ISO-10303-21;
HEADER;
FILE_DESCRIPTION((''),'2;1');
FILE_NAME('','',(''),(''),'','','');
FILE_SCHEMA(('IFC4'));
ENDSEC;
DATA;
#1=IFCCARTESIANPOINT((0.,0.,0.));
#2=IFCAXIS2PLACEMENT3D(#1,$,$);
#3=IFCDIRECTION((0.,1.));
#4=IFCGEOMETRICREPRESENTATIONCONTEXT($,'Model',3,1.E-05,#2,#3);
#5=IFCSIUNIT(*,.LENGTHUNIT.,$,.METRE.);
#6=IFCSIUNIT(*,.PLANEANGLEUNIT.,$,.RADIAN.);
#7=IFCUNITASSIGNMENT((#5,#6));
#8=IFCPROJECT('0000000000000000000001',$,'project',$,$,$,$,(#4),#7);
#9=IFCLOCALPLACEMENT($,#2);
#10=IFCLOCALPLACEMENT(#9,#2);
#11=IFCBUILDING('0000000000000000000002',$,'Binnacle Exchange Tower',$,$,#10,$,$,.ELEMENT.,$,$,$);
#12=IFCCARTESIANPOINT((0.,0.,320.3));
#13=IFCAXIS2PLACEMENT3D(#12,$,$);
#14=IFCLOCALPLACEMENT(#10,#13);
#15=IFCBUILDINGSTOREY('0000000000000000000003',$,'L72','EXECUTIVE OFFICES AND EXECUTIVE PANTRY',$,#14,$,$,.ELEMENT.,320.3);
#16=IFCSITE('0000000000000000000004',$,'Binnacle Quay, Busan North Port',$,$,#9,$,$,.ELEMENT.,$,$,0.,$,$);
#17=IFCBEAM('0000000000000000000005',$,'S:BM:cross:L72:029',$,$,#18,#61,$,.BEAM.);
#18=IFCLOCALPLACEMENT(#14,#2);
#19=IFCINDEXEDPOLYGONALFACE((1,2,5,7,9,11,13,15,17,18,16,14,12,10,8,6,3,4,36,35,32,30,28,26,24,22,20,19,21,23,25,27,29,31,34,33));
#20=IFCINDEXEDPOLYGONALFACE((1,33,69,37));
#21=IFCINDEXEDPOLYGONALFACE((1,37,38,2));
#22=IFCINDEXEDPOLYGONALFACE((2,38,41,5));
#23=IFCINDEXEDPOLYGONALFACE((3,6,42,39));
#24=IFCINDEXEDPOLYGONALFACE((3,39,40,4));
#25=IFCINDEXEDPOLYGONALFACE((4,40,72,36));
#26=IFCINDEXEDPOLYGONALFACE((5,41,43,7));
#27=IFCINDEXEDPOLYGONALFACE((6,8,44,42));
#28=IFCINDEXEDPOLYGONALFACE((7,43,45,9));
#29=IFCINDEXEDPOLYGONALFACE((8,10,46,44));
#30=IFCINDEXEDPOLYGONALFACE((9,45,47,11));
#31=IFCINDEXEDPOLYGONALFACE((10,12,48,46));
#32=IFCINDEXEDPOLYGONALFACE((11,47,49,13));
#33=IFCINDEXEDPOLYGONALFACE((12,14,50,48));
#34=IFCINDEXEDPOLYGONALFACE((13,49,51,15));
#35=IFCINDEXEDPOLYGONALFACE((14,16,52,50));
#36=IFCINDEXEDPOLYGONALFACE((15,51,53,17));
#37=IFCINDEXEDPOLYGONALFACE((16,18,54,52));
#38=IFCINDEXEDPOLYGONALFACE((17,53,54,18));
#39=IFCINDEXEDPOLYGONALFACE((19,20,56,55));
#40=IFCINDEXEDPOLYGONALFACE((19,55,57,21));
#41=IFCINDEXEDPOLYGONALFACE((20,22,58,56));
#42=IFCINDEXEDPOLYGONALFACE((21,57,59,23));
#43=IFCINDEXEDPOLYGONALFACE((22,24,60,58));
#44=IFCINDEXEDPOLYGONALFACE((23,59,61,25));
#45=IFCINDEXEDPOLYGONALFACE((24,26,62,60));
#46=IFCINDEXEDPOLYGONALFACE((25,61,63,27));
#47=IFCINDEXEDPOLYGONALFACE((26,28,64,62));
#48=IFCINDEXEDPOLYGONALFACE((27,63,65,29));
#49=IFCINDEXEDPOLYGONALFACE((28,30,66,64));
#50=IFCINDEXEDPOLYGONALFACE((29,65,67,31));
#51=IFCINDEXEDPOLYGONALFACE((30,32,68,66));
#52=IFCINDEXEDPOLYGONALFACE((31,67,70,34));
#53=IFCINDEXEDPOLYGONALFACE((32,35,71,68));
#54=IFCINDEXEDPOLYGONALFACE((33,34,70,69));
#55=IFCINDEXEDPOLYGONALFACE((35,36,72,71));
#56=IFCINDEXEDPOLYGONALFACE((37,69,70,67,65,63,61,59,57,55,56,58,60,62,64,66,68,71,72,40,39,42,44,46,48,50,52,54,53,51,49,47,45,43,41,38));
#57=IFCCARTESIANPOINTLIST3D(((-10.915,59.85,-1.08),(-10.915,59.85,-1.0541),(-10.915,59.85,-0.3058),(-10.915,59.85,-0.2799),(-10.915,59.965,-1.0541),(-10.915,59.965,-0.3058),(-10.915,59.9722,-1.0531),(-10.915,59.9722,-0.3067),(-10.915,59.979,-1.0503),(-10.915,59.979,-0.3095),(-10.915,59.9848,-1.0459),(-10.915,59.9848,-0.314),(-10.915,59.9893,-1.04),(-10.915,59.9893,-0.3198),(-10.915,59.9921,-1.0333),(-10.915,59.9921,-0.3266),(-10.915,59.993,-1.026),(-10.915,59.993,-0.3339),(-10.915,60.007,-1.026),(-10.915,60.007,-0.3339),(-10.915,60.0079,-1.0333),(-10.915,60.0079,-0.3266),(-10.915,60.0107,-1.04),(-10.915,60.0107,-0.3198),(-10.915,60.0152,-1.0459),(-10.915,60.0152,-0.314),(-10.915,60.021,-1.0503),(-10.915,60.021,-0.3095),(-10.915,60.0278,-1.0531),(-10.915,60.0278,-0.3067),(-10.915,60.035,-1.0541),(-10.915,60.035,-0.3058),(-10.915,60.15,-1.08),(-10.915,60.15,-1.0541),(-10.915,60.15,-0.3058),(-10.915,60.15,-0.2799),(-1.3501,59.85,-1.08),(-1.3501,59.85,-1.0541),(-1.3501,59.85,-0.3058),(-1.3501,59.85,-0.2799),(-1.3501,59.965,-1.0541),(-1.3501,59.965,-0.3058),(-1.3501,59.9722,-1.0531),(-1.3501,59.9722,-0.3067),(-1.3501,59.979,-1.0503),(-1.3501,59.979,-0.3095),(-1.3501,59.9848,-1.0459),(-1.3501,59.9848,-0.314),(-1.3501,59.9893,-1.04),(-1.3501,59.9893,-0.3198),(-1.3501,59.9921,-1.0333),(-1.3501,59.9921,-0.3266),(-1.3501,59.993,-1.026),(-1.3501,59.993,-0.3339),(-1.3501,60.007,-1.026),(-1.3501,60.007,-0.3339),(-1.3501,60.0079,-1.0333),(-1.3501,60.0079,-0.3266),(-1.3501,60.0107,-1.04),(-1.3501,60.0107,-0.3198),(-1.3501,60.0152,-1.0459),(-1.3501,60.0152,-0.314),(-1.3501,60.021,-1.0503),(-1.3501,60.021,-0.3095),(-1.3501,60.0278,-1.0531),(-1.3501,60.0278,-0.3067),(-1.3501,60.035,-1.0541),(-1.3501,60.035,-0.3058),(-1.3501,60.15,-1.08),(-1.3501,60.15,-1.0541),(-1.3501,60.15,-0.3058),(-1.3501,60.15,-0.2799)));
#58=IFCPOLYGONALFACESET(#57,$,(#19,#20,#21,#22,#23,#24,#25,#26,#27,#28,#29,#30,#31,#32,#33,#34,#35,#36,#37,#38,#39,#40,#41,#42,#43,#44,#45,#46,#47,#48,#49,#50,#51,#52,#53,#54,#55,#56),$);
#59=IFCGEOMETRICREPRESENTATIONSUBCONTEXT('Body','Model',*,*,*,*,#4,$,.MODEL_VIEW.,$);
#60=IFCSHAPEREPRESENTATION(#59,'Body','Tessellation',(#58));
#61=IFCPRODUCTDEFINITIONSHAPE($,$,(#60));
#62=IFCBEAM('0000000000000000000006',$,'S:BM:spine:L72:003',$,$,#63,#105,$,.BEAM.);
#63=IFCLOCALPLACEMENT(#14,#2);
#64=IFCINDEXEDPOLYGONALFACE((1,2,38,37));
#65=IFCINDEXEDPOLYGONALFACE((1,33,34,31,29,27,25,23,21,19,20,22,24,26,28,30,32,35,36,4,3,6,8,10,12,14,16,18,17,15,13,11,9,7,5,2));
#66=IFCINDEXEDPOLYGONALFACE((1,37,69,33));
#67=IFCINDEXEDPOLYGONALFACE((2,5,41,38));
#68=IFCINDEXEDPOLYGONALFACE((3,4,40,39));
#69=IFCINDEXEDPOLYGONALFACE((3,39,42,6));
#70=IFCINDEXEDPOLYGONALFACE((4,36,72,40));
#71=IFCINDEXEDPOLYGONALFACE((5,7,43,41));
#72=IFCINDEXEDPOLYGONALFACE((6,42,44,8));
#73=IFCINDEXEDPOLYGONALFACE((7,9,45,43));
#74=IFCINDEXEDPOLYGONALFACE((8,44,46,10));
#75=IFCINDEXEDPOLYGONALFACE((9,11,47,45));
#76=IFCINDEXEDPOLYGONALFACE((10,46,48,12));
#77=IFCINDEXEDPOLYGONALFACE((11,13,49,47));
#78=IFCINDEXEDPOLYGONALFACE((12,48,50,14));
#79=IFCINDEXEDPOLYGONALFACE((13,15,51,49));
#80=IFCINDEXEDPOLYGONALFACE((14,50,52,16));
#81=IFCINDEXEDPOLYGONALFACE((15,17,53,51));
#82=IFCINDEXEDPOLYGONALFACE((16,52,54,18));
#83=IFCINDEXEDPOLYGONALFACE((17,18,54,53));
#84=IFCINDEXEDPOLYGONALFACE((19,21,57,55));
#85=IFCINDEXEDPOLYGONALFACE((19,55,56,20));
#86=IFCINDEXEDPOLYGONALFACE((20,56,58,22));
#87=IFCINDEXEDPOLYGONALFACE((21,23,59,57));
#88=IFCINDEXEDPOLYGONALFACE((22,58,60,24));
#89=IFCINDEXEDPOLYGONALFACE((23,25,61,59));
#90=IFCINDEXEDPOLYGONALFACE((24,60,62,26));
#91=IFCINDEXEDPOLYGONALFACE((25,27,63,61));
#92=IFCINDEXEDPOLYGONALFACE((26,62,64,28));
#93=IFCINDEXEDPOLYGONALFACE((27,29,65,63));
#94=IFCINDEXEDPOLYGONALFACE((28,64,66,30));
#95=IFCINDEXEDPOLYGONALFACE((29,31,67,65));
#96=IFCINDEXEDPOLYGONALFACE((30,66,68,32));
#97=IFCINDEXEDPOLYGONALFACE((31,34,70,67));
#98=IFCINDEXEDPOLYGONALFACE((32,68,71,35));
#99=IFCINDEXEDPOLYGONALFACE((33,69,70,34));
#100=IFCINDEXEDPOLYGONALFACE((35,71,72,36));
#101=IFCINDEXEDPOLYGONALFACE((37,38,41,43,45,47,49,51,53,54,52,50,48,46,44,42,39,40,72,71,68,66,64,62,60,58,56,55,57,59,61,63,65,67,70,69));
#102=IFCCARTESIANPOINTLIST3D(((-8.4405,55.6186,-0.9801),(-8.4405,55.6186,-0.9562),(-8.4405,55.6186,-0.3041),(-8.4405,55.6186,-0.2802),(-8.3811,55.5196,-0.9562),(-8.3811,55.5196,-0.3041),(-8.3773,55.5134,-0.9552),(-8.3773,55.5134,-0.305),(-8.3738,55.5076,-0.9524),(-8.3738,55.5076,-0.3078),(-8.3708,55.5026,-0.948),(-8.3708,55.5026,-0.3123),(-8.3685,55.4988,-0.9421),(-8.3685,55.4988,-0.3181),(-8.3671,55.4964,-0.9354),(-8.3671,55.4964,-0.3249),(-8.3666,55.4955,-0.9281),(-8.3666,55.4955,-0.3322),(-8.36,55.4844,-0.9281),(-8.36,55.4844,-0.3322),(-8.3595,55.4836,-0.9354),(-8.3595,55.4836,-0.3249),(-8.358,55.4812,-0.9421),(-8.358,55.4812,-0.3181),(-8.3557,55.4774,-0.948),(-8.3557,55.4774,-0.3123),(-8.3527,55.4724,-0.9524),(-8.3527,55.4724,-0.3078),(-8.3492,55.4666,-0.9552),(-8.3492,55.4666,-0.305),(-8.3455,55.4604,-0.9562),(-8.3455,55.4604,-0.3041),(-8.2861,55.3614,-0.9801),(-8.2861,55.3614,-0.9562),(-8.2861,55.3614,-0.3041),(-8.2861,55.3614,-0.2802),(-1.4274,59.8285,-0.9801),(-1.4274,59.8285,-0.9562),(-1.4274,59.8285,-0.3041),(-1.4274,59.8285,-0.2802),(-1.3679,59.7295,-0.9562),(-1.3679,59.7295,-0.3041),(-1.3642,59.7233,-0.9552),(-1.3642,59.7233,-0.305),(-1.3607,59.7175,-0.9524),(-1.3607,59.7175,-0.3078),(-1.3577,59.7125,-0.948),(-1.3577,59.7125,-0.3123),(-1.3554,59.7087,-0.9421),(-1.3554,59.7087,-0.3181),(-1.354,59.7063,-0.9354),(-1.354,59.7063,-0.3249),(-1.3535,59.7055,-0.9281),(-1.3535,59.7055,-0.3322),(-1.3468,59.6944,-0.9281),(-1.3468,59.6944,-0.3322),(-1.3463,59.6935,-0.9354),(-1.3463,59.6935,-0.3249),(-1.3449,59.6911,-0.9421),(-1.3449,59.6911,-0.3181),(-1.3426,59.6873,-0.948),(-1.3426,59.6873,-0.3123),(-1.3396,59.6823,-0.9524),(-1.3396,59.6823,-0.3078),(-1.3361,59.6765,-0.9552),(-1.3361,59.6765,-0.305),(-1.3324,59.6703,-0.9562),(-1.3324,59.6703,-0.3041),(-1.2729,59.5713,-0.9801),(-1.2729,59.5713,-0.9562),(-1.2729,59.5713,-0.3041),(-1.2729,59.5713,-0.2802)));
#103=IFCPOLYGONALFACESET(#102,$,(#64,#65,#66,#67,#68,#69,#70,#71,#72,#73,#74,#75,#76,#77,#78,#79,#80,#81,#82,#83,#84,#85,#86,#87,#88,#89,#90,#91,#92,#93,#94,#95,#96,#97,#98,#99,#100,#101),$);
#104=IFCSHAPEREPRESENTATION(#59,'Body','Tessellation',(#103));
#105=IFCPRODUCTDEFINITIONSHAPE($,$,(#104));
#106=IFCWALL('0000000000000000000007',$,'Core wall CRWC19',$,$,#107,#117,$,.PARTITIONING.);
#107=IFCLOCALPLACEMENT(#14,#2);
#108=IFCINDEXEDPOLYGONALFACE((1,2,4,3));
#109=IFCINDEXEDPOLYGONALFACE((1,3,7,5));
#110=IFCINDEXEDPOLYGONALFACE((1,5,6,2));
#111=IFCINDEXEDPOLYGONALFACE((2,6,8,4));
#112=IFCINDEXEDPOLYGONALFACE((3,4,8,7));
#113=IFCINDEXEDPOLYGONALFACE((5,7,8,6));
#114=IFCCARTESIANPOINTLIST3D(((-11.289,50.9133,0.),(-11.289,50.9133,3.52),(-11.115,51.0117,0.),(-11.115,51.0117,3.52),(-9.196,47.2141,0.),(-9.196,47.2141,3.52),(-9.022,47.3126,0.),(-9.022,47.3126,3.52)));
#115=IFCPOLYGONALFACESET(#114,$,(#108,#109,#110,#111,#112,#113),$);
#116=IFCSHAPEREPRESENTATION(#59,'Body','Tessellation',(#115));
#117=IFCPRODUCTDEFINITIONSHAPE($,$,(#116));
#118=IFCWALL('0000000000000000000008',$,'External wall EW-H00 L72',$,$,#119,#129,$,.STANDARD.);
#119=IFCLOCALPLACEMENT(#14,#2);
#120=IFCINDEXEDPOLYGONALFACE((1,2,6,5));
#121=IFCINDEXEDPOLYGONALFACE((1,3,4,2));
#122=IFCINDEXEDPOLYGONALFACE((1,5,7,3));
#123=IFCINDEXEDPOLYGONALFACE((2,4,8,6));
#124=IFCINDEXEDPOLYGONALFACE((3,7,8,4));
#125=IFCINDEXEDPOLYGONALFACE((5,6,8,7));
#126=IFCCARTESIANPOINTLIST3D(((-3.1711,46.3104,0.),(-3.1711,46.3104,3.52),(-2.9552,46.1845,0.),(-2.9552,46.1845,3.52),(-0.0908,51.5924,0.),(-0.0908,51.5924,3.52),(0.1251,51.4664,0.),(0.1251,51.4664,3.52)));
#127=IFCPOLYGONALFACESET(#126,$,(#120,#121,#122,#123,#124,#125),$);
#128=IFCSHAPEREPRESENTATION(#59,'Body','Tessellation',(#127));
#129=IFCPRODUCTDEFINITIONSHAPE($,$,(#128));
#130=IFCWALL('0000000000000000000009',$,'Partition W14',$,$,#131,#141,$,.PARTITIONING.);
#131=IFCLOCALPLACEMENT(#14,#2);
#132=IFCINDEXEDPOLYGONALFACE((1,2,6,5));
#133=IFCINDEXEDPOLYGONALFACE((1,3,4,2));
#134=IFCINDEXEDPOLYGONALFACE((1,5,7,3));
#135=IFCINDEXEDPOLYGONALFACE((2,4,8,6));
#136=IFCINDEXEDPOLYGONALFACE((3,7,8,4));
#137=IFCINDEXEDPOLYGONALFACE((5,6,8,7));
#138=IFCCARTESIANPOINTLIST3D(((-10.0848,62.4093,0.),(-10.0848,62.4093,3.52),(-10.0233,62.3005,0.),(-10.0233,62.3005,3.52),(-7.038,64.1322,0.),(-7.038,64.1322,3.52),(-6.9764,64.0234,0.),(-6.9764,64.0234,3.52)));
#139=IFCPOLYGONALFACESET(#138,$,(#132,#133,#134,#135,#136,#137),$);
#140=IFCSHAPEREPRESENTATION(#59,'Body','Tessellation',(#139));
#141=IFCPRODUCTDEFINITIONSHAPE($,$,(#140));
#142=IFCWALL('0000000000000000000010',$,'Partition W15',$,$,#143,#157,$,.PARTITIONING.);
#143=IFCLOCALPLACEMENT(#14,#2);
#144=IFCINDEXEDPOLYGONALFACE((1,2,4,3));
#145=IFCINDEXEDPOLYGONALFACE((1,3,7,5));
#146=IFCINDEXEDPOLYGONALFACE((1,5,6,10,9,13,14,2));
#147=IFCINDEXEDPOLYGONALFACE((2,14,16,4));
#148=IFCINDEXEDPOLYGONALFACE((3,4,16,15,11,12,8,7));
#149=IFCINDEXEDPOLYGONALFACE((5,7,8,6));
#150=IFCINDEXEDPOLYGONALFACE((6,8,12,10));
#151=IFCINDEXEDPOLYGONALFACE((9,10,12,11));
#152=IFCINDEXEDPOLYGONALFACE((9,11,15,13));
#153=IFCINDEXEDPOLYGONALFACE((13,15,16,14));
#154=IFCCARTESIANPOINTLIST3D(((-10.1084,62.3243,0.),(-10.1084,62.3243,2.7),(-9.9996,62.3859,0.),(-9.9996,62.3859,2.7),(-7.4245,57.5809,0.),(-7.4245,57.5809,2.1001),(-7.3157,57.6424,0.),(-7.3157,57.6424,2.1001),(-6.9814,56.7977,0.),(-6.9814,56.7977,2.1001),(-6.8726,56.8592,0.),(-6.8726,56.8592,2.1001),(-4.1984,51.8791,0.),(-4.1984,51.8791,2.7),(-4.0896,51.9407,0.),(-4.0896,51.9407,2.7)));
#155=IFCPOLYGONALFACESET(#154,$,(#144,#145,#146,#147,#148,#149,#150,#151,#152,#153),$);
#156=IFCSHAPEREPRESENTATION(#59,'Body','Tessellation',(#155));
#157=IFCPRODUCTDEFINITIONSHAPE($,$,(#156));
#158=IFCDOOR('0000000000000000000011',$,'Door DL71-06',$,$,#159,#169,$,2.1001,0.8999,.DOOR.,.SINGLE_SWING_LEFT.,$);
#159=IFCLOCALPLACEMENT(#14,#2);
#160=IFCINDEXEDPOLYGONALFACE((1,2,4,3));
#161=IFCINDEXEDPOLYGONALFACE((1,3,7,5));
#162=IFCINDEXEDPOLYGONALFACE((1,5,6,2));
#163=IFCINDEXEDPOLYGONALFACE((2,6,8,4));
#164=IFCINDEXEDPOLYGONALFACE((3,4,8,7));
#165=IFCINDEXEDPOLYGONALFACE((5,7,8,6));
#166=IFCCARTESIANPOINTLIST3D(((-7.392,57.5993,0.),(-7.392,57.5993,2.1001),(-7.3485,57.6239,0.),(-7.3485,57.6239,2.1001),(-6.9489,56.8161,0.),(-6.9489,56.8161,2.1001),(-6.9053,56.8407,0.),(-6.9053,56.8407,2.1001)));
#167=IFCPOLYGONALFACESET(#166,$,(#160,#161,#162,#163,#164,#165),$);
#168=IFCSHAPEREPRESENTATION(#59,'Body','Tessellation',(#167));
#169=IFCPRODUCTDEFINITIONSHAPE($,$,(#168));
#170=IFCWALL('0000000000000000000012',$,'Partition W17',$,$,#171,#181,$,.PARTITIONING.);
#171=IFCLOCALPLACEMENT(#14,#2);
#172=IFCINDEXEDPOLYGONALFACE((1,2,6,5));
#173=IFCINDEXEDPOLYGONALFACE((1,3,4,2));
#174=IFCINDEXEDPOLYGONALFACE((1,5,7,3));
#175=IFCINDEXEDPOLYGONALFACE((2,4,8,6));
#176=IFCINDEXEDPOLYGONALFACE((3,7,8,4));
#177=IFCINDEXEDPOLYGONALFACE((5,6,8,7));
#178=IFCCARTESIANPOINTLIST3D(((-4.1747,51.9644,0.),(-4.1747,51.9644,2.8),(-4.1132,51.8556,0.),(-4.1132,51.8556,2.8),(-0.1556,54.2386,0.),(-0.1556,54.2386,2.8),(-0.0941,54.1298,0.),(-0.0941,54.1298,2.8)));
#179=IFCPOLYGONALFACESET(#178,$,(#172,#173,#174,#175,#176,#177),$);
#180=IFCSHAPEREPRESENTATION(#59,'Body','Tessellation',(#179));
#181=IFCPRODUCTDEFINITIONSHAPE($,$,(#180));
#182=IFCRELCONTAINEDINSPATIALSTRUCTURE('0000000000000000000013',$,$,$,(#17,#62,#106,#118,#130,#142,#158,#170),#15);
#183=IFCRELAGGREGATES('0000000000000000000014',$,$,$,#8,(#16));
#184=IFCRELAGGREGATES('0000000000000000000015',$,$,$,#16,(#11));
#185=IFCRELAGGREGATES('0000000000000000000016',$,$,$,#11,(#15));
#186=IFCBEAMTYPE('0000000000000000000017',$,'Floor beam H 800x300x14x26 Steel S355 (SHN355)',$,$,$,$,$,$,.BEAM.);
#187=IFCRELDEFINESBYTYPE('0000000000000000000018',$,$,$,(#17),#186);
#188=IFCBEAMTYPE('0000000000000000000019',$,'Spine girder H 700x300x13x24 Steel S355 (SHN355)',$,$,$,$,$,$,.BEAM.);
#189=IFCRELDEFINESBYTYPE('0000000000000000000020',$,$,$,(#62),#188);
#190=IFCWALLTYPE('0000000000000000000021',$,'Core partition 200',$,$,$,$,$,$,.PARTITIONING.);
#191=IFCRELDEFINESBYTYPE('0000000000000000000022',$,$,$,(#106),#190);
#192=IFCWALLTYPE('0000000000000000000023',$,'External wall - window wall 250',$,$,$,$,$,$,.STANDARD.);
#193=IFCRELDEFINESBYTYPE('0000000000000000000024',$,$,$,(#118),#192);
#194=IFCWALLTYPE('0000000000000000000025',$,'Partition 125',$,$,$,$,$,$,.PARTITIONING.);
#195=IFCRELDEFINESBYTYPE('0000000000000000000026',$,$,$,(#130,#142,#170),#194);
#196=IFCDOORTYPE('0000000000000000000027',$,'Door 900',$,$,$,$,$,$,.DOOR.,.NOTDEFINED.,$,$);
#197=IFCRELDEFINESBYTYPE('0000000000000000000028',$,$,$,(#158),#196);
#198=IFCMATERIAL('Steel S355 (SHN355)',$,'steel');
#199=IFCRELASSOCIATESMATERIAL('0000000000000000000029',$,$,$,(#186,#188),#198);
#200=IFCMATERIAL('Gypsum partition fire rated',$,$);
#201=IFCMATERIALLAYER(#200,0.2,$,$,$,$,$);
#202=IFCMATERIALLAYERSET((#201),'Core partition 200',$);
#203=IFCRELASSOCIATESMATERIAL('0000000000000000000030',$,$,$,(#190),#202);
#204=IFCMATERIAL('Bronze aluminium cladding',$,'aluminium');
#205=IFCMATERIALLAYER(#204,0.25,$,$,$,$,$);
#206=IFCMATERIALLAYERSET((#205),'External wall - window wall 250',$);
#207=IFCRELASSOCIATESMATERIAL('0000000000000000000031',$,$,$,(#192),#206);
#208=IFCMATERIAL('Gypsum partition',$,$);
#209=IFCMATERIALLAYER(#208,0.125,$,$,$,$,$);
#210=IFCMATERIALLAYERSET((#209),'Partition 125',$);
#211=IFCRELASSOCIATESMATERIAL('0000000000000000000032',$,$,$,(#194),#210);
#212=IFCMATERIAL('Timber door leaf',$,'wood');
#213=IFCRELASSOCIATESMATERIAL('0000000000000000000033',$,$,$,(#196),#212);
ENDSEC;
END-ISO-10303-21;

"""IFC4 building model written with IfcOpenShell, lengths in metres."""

from ifc_helpers import new_model, si_unit, direction, frame, frame_2d, origin, origin_2d, place, context, subcontext, project, spatial, rectangle, i_section, extrude, material, layer, layer_set, material_profile, profile_set, type_object, element, fill, save


model = new_model("IFC4")

# Units and contexts
model_context = context("Model", 3, precision=1e-05, world=origin(), true_north=direction((0.0, 1.0)))
body_context = subcontext(model_context, "Body", "Model", "MODEL_VIEW")
ifc_project = project(units=[si_unit("LENGTHUNIT", "METRE"), si_unit("PLANEANGLEUNIT", "RADIAN")], contexts=[model_context])

# Site, building, storey
site_placement = place(None, origin())
site = spatial("IfcSite", under=ifc_project, at=site_placement, Name="Binnacle Quay, Busan North Port", CompositionType="ELEMENT", RefElevation=0.0)
building_placement = place(site_placement, origin())
building = spatial("IfcBuilding", under=site, at=building_placement, Name="Binnacle Exchange Tower", CompositionType="ELEMENT")
storey_placement = place(building_placement, frame((0.0, 0.0, 320.3)))
storey = spatial("IfcBuildingStorey", under=building, at=storey_placement, Name="L72", Description="EXECUTIVE OFFICES AND EXECUTIVE PANTRY", CompositionType="ELEMENT", Elevation=320.3)

# Beams
ifc_material_1 = material(Name="Steel S355 (SHN355)", Category="steel")
ifc_material_profile_1 = material_profile(ifc_material_1, i_section(OverallWidth=0.3, OverallDepth=0.8, WebThickness=0.0139, FlangeThickness=0.0259, FilletRadius=0.0281, at=origin_2d()), Name="H 800x300x14x26")
ifc_profile_set_1 = profile_set([ifc_material_profile_1], Name="Steel S355 (SHN355)")
beam_type_1 = type_object("IfcBeamType", Name="Floor beam H 800x300x14x26 Steel S355 (SHN355)", PredefinedType="BEAM", material=ifc_profile_set_1)
beam_1_placement = place(storey_placement, frame((-1.3501, 60.0, -0.6799), z_axis=(-1.0, 0.0, 0.0), x_axis=(0.0, -1.0, 0.0)))
element("IfcBeam", 1, at=beam_1_placement, inside=storey, type_object=beam_type_1, Name="S:BM:cross:L72:029", PredefinedType="BEAM", context=body_context, shape_type="SweptSolid", body=[
    extrude(i_section(OverallWidth=0.3, OverallDepth=0.8, WebThickness=0.0139, FlangeThickness=0.0259, FilletRadius=0.0281, at=origin_2d()), origin(), (0.0, 0.0, 1.0), 9.5649),
])
ifc_material_profile_2 = material_profile(ifc_material_1, i_section(OverallWidth=0.3, OverallDepth=0.7, WebThickness=0.0129, FlangeThickness=0.0239, FilletRadius=0.0281, at=origin_2d()), Name="H 700x300x13x24")
ifc_profile_set_2 = profile_set([ifc_material_profile_2], Name="Steel S355 (SHN355)")
beam_type_2 = type_object("IfcBeamType", Name="Spine girder H 700x300x13x24 Steel S355 (SHN355)", PredefinedType="BEAM", material=ifc_profile_set_2)
beam_2_placement = place(storey_placement, frame((-8.3633, 55.49, -0.6301), z_axis=(0.857382, 0.51468, 0.0), x_axis=(-0.51468, 0.857382, 0.0)))
element("IfcBeam", 2, at=beam_2_placement, inside=storey, type_object=beam_type_2, Name="S:BM:spine:L72:003", PredefinedType="BEAM", context=body_context, shape_type="SweptSolid", body=[
    extrude(i_section(OverallWidth=0.3, OverallDepth=0.7, WebThickness=0.0129, FlangeThickness=0.0239, FilletRadius=0.0281, at=origin_2d()), origin(), (0.0, 0.0, 1.0), 8.1797),
])

# Walls
ifc_material_2 = material(Name="Gypsum partition fire rated")
ifc_layer_1 = layer(ifc_material_2, 0.2)
ifc_layer_set_1 = layer_set([ifc_layer_1], Name="Core partition 200")
wall_type_1 = type_object("IfcWallType", Name="Core partition 200", PredefinedType="PARTITIONING", material=ifc_layer_set_1)
wall_1_placement = place(storey_placement, frame((-11.2019, 50.9624, 0.0), z_axis=(0.0, 0.0, 1.0), x_axis=(0.492441, -0.870346, 0.0)))
element("IfcWall", 3, at=wall_1_placement, inside=storey, type_object=wall_type_1, Name="Core wall CRWC19", PredefinedType="PARTITIONING", context=body_context, shape_type="SweptSolid", body=[
    extrude(rectangle(XDim=4.2502, YDim=0.2, at=frame_2d((2.125, 0.0))), origin(), (0.0, 0.0, 1.0), 3.52),
])
ifc_material_3 = material(Name="Bronze aluminium cladding", Category="aluminium")
ifc_layer_2 = layer(ifc_material_3, 0.25)
ifc_layer_set_2 = layer_set([ifc_layer_2], Name="External wall - window wall 250")
wall_type_2 = type_object("IfcWallType", Name="External wall - window wall 250", PredefinedType="STANDARD", material=ifc_layer_set_2)
wall_2_placement = place(storey_placement, frame((0.0171, 51.5293, 0.0), z_axis=(0.0, 0.0, 1.0), x_axis=(-0.503769, -0.863838, 0.0)))
element("IfcWall", 4, at=wall_2_placement, inside=storey, type_object=wall_type_2, Name="External wall EW-H00 L72", PredefinedType="STANDARD", context=body_context, shape_type="SweptSolid", body=[
    extrude(rectangle(XDim=6.1145, YDim=0.25, at=frame_2d((3.0571, 0.0))), origin(), (0.0, 0.0, 1.0), 3.52),
])

# Wall
ifc_material_4 = material(Name="Gypsum partition")
ifc_layer_3 = layer(ifc_material_4, 0.125)
ifc_layer_set_3 = layer_set([ifc_layer_3], Name="Partition 125")
wall_type_3 = type_object("IfcWallType", Name="Partition 125", PredefinedType="PARTITIONING", material=ifc_layer_set_3)
wall_3_placement = place(storey_placement, frame((-10.054, 62.355, 0.0), z_axis=(0.0, 0.0, 1.0), x_axis=(0.870471, 0.49222, 0.0)))
element("IfcWall", 5, at=wall_3_placement, inside=storey, type_object=wall_type_3, Name="Partition W14", PredefinedType="PARTITIONING", context=body_context, shape_type="SweptSolid", body=[
    extrude(rectangle(XDim=3.5002, YDim=0.125, at=frame_2d((1.75, 0.0))), origin(), (0.0, 0.0, 1.0), 3.52),
])

# Wall, opening, door
wall_4_placement = place(storey_placement, frame((-10.054, 62.355, 0.0), z_axis=(0.0, 0.0, 1.0), x_axis=(0.492447, -0.870342, 0.0)))
wall_4 = element("IfcWall", 6, at=wall_4_placement, inside=storey, type_object=wall_type_3, Name="Partition W15", PredefinedType="PARTITIONING", context=body_context, shape_type="SweptSolid", body=[
    extrude(rectangle(XDim=12.0012, YDim=0.125, at=frame_2d((6.0005, 0.0))), origin(), (0.0, 0.0, 1.0), 2.7),
])
opening_1_placement = place(wall_4_placement, frame((5.45, 0.0, 0.0)))
opening_1 = element("IfcOpeningElement", 7, at=opening_1_placement, cuts=wall_4, PredefinedType="OPENING", context=body_context, shape_type="SweptSolid", body=[
    extrude(rectangle(XDim=0.8999, YDim=2.1001, at=frame_2d((0.45, 1.05))), frame((0.0, 0.0725, 0.0), z_axis=(0.0, -1.0, 0.0), x_axis=(1.0, 0.0, 0.0)), (0.0, 0.0, 1.0), 0.145),
])
ifc_material_5 = material(Name="Timber door leaf", Category="wood")
door_type_1 = type_object("IfcDoorType", Name="Door 900", OperationType="NOTDEFINED", PredefinedType="DOOR", material=ifc_material_5)
door_1_placement = place(opening_1_placement, origin())
door_1 = element("IfcDoor", 8, at=door_1_placement, inside=storey, type_object=door_type_1, Name="Door DL71-06", OperationType="SINGLE_SWING_LEFT", OverallHeight=2.1001, OverallWidth=0.8999, PredefinedType="DOOR", context=body_context, shape_type="SweptSolid", body=[
    extrude(rectangle(XDim=0.8999, YDim=2.1001, at=frame_2d((0.45, 1.05))), frame((0.0, 0.0249, 0.0), z_axis=(0.0, -1.0, 0.0), x_axis=(1.0, 0.0, 0.0)), (0.0, 0.0, 1.0), 0.05),
])
fill(opening_1, door_1)

# Wall
wall_5_placement = place(storey_placement, frame((-4.144, 51.9099, 0.0), z_axis=(0.0, 0.0, 1.0), x_axis=(0.870327, 0.492474, 0.0)))
element("IfcWall", 9, at=wall_5_placement, inside=storey, type_object=wall_type_3, Name="Partition W17", PredefinedType="PARTITIONING", context=body_context, shape_type="SweptSolid", body=[
    extrude(rectangle(XDim=4.6179, YDim=0.125, at=frame_2d((2.3091, 0.0))), origin(), (0.0, 0.0, 1.0), 2.8),
])

save(model, "model.ifc")
